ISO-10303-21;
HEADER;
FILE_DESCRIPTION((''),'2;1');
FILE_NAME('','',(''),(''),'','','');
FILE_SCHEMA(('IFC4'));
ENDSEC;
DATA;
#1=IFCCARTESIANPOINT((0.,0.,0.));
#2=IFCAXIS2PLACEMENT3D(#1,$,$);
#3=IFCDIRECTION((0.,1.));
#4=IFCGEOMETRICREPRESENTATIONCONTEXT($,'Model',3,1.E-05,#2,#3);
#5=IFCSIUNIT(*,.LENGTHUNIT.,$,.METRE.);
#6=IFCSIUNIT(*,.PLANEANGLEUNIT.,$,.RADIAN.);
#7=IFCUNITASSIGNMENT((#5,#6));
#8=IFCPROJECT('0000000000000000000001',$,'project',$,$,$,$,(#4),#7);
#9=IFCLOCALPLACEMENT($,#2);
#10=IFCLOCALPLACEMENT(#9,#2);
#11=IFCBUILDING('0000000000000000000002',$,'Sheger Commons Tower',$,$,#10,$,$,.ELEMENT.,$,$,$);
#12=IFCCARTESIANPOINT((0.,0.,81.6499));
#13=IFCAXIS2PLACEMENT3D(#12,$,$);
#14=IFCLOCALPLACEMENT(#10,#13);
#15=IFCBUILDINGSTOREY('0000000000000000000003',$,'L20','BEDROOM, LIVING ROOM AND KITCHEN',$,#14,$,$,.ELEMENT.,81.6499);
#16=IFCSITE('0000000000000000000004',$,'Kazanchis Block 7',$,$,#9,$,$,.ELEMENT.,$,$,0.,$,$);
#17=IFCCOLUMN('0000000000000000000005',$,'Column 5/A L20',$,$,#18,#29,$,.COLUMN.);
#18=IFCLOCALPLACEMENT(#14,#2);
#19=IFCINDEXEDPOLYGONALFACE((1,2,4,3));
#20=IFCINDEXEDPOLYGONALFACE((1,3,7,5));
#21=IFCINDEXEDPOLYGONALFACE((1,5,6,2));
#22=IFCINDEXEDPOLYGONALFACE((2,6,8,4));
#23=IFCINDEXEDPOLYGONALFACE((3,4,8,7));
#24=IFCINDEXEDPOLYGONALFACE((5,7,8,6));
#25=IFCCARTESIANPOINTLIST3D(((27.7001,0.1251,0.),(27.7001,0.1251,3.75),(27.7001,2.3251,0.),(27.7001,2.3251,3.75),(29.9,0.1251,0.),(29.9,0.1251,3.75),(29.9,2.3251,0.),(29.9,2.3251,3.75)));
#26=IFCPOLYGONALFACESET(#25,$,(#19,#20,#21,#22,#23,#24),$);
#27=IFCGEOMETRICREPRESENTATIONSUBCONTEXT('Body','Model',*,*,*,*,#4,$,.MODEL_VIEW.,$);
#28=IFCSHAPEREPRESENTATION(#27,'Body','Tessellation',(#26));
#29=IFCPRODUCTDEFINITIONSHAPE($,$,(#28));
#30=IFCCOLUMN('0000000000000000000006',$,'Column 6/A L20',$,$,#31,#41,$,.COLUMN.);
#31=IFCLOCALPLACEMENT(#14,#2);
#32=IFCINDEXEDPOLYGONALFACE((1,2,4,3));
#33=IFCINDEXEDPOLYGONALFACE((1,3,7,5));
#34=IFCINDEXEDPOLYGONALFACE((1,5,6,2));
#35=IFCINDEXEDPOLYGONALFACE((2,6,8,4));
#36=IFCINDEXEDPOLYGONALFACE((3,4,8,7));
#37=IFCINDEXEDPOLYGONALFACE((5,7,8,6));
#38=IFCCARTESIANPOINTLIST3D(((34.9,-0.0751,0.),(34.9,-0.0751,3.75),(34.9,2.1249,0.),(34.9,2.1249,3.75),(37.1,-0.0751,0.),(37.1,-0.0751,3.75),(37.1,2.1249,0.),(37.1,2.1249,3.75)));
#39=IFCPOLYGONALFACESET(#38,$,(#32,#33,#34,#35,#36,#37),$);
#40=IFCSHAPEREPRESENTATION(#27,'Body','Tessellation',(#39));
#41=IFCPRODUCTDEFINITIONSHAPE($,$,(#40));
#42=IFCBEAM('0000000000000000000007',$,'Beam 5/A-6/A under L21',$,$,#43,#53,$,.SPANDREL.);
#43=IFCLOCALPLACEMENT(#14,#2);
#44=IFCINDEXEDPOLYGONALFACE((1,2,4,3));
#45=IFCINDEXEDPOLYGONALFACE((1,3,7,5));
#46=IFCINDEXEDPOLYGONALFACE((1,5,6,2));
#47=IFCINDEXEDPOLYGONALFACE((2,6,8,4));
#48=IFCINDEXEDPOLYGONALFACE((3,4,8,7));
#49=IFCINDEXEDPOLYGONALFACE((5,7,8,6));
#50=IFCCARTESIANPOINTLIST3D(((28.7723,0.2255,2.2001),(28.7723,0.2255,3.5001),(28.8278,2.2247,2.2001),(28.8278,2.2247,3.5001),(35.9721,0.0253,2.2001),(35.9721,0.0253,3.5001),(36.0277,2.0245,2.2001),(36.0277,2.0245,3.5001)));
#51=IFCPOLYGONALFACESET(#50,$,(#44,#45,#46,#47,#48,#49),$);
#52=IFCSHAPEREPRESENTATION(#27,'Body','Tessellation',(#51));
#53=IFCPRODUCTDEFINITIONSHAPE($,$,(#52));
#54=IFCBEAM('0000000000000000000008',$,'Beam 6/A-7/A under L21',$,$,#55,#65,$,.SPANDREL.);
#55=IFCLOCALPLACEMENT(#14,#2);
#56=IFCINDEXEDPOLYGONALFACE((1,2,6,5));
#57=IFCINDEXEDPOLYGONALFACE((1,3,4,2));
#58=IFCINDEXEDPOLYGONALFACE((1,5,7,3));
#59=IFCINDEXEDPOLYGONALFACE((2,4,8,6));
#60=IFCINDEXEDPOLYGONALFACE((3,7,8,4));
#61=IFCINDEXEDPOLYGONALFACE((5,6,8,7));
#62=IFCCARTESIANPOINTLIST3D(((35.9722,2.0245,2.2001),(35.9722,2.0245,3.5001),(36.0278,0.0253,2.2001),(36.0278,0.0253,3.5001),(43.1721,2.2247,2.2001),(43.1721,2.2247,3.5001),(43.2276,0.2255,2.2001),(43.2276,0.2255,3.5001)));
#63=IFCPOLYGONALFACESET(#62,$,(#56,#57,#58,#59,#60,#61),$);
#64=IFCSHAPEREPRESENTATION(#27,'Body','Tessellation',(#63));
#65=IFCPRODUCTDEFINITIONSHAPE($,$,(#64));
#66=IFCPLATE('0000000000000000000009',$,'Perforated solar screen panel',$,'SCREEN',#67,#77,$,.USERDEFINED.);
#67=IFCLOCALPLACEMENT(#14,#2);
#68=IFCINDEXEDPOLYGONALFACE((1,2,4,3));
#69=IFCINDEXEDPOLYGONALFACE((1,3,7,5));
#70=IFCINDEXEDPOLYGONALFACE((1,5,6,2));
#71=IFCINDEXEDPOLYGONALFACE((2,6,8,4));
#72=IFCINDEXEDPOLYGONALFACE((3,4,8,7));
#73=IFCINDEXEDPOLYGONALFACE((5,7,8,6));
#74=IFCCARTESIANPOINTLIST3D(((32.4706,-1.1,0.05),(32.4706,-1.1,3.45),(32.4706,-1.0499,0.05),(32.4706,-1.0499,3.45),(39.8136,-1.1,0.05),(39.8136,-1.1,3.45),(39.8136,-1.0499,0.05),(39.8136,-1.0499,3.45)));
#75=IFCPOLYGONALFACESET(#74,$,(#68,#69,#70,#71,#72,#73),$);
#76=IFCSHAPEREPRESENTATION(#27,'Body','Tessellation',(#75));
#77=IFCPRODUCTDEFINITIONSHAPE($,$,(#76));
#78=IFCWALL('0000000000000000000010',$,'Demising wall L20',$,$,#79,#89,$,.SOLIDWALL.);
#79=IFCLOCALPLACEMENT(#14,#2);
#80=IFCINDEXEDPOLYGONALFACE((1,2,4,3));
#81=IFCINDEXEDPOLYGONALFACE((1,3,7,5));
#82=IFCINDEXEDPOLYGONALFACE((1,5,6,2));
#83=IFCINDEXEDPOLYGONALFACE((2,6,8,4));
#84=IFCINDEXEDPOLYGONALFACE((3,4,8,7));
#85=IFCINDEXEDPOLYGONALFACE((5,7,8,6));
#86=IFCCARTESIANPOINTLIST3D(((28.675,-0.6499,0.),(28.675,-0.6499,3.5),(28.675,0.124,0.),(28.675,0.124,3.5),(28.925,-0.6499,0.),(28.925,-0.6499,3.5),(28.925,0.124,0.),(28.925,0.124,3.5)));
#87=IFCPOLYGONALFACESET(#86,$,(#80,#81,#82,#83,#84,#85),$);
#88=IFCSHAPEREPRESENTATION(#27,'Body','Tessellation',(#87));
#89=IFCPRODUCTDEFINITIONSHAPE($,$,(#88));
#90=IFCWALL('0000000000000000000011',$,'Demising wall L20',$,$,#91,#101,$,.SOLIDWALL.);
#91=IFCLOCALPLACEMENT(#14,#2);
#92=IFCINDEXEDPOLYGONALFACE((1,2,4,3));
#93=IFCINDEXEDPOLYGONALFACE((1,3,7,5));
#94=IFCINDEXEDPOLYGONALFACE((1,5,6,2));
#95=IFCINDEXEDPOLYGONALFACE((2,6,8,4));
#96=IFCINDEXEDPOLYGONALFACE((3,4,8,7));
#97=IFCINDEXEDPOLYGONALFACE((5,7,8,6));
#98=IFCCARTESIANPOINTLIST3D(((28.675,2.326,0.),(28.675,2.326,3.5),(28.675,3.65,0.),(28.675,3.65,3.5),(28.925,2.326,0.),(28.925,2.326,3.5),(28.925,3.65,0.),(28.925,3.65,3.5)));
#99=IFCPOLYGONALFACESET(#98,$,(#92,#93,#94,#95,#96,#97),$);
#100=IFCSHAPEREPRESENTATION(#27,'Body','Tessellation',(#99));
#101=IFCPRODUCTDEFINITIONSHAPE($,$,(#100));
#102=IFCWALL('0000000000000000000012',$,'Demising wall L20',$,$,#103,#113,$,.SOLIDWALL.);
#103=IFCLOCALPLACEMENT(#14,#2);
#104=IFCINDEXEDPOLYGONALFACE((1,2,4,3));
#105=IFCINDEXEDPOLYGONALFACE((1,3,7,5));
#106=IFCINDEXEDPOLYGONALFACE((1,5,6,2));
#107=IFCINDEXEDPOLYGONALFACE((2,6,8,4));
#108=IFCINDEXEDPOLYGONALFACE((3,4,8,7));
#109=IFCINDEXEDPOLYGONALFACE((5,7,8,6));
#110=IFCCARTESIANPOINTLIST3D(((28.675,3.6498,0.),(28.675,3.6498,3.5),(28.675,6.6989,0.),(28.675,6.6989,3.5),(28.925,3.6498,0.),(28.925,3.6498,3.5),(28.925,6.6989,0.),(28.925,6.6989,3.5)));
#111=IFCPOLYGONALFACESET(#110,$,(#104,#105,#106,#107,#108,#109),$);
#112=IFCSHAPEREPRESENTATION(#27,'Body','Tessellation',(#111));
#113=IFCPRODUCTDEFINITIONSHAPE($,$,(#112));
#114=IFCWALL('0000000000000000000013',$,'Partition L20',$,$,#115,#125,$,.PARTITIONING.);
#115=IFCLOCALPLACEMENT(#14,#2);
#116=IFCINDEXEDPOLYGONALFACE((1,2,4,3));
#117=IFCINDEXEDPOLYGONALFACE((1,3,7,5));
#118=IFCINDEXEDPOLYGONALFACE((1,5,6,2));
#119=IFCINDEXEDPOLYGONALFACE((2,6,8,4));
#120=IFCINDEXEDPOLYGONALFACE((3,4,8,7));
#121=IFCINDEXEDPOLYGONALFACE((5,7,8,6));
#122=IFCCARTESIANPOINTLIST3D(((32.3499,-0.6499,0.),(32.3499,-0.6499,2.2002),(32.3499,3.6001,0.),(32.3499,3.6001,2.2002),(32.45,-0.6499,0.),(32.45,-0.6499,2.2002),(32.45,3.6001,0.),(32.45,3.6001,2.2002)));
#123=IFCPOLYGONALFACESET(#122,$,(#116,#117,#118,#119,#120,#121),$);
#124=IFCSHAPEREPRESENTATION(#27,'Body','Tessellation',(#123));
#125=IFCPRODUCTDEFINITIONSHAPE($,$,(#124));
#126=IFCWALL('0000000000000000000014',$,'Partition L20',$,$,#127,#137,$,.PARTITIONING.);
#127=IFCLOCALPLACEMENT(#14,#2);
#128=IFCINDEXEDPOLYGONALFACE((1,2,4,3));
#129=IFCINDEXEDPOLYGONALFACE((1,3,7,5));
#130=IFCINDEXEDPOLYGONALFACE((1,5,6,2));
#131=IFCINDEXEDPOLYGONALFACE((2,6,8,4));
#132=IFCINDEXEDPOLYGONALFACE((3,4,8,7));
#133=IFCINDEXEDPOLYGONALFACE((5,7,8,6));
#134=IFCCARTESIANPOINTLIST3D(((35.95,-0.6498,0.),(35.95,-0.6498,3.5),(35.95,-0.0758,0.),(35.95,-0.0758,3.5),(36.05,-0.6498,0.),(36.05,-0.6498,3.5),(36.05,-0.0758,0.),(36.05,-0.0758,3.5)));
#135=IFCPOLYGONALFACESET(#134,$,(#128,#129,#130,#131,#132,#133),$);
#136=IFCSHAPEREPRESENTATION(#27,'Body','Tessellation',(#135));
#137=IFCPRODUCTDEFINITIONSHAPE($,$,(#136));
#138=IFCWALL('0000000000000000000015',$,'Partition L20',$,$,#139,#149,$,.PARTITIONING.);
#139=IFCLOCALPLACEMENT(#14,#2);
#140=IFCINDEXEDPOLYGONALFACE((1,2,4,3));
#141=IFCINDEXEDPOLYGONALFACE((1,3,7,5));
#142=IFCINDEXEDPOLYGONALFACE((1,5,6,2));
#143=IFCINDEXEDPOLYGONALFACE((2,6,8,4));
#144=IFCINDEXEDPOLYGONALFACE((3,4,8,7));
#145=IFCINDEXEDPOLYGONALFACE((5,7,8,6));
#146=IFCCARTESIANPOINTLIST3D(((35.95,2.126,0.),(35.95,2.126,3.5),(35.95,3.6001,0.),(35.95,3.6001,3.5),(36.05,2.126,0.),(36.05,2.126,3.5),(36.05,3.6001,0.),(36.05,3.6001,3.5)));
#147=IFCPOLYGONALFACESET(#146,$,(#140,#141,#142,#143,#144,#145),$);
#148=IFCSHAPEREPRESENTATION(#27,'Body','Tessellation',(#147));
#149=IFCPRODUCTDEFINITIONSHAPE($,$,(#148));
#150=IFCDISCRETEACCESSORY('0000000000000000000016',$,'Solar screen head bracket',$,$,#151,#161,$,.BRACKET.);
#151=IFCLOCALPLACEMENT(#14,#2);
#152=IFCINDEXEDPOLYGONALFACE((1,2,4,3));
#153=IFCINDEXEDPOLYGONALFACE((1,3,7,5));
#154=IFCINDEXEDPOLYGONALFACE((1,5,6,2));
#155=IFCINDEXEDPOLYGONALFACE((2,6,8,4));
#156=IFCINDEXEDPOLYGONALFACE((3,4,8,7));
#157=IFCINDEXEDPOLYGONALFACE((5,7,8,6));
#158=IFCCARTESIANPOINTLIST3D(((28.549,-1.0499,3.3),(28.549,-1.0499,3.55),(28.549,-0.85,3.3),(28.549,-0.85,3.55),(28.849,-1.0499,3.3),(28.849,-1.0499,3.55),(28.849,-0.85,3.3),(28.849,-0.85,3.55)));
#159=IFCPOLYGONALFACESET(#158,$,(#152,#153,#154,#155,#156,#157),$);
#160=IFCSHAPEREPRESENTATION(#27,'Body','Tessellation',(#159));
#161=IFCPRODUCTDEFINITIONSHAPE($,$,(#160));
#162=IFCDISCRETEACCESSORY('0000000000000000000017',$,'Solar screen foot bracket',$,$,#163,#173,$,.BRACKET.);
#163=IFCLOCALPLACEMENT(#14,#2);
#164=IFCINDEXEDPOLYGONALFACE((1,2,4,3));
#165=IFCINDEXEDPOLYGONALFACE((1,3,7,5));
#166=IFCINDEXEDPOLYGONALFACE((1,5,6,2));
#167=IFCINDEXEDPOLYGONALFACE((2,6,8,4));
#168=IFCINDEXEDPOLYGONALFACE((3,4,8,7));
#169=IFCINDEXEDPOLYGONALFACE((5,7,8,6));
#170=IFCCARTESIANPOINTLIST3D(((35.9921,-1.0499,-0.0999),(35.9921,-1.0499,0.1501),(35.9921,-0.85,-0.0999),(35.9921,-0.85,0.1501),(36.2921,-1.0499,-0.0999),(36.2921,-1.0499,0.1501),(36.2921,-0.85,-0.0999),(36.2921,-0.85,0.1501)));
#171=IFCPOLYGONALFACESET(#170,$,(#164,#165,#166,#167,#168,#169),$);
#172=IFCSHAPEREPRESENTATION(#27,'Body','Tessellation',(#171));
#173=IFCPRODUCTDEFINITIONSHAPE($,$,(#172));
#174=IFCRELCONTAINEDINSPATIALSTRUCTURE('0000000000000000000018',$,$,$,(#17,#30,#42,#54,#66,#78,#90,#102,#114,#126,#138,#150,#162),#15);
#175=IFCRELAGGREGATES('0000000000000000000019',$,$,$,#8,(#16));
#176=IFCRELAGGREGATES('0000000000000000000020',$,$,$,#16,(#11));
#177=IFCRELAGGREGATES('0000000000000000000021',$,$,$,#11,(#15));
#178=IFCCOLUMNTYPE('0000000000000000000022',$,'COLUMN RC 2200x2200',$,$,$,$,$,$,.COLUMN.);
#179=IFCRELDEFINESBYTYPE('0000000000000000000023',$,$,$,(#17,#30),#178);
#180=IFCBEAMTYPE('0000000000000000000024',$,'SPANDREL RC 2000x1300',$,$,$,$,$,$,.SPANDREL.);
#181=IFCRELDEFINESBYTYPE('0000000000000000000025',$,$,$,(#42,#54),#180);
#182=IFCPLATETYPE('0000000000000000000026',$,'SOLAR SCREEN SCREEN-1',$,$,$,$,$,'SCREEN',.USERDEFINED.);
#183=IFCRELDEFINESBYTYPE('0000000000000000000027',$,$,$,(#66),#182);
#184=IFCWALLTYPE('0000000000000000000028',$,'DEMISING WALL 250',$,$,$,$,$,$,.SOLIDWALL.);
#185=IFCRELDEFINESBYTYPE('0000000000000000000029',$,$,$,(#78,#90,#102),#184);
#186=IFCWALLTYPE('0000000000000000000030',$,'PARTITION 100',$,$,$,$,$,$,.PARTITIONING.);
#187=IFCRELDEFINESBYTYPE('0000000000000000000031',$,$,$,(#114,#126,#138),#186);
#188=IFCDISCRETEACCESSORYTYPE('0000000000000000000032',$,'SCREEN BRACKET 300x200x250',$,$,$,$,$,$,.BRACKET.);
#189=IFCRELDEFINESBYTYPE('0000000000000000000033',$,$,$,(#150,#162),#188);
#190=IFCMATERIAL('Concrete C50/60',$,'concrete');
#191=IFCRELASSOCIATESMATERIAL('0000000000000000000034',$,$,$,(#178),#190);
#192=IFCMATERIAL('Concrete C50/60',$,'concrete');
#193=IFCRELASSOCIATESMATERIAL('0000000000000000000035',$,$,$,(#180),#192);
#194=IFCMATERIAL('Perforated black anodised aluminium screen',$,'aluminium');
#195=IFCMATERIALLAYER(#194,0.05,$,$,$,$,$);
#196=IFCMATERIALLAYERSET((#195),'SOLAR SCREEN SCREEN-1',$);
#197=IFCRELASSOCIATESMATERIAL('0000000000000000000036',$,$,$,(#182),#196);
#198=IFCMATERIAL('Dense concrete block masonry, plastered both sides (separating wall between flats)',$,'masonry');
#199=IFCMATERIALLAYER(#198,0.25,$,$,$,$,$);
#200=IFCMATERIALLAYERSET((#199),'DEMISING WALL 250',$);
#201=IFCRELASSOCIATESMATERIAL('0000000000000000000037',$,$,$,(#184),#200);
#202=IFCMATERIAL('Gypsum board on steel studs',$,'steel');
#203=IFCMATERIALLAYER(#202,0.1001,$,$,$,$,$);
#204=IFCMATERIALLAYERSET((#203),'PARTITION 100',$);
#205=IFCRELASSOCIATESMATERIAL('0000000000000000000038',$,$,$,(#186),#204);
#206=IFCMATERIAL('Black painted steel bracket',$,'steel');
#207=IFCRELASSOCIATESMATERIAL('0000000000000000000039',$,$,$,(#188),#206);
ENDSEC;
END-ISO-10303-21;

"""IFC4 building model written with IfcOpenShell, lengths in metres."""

from ifc_helpers import new_model, si_unit, direction, frame, frame_2d, origin, origin_2d, place, context, subcontext, project, spatial, rectangle, extrude, material, layer, layer_set, material_profile, profile_set, type_object, element, save


model = new_model("IFC4")

# Units and contexts
model_context = context("Model", 3, precision=1e-05, world=origin(), true_north=direction((0.0, 1.0)))
body_context = subcontext(model_context, "Body", "Model", "MODEL_VIEW")
ifc_project = project(units=[si_unit("LENGTHUNIT", "METRE"), si_unit("PLANEANGLEUNIT", "RADIAN")], contexts=[model_context])

# Site, building, storey
site_placement = place(None, origin())
site = spatial("IfcSite", under=ifc_project, at=site_placement, Name="Kazanchis Block 7", CompositionType="ELEMENT", RefElevation=0.0)
building_placement = place(site_placement, origin())
building = spatial("IfcBuilding", under=site, at=building_placement, Name="Sheger Commons Tower", CompositionType="ELEMENT")
storey_placement = place(building_placement, frame((0.0, 0.0, 81.6499)))
storey = spatial("IfcBuildingStorey", under=building, at=storey_placement, Name="L20", Description="BEDROOM, LIVING ROOM AND KITCHEN", CompositionType="ELEMENT", Elevation=81.6499)

# Columns
ifc_material_1 = material(Name="Concrete C50/60", Category="concrete")
ifc_material_profile_1 = material_profile(ifc_material_1, rectangle(XDim=2.2, YDim=2.2, at=origin_2d()), Name="RC 2200x2200")
ifc_profile_set_1 = profile_set([ifc_material_profile_1], Name="Concrete C50/60")
column_type = type_object("IfcColumnType", Name="COLUMN RC 2200x2200", PredefinedType="COLUMN", material=ifc_profile_set_1)
for number, where, z_axis, x_axis, name in (
    (1, (28.8, 1.2251, 0.0), (0.0, 0.0, 1.0), (1.0, 0.0, 0.0), "Column 5/A L20"),
    (2, (36.0, 1.0249, 0.0), (0.0, 0.0, 1.0), (1.0, 0.0, 0.0), "Column 6/A L20"),
):
    element("IfcColumn", number, at=place(storey_placement, frame(where, z_axis=z_axis, x_axis=x_axis)), inside=storey, type_object=column_type, Name=name, PredefinedType="COLUMN", context=body_context, shape_type="SweptSolid", body=[
        extrude(rectangle(XDim=2.2, YDim=2.2, at=origin_2d()), origin(), (0.0, 0.0, 1.0), 3.75),
    ])

# Beams
ifc_material_2 = material(Name="Concrete C50/60", Category="concrete")
ifc_material_profile_2 = material_profile(ifc_material_2, rectangle(XDim=2.0, YDim=1.3, at=origin_2d()), Name="RC 2000x1300")
ifc_profile_set_2 = profile_set([ifc_material_profile_2], Name="Concrete C50/60")
beam_type = type_object("IfcBeamType", Name="SPANDREL RC 2000x1300", PredefinedType="SPANDREL", material=ifc_profile_set_2)
for number, where, z_axis, x_axis, name in (
    (3, (28.8, 1.2251, 2.8501), (0.999614, -0.027794, 0.0), (0.027794, 0.999614, 0.0), "Beam 5/A-6/A under L21"),
    (4, (36.0, 1.0249, 2.8501), (0.999614, 0.027794, 0.0), (-0.027794, 0.999614, 0.0), "Beam 6/A-7/A under L21"),
):
    element("IfcBeam", number, at=place(storey_placement, frame(where, z_axis=z_axis, x_axis=x_axis)), inside=storey, type_object=beam_type, Name=name, PredefinedType="SPANDREL", context=body_context, shape_type="SweptSolid", body=[
        extrude(rectangle(XDim=2.0, YDim=1.3, at=origin_2d()), origin(), (0.0, 0.0, 1.0), 7.2026),
    ])

# Plate
ifc_material_3 = material(Name="Perforated black anodised aluminium screen", Category="aluminium")
ifc_layer_1 = layer(ifc_material_3, 0.05)
ifc_layer_set_1 = layer_set([ifc_layer_1], Name="SOLAR SCREEN SCREEN-1")
plate_type = type_object("IfcPlateType", Name="SOLAR SCREEN SCREEN-1", ElementType="SCREEN", PredefinedType="USERDEFINED", material=ifc_layer_set_1)
plate_placement = place(storey_placement, frame((36.1421, -1.075, 0.05), z_axis=(0.0, 0.0, 1.0), x_axis=(1.0, 0.0, 0.0)))
element("IfcPlate", 5, at=plate_placement, inside=storey, type_object=plate_type, Name="Perforated solar screen panel", ObjectType="SCREEN", PredefinedType="USERDEFINED", context=body_context, shape_type="SweptSolid", body=[
    extrude(rectangle(XDim=7.343, YDim=0.05, at=origin_2d()), origin(), (0.0, 0.0, 1.0), 3.3999),
])

# Walls
ifc_material_4 = material(Name="Dense concrete block masonry, plastered both sides (separating wall between flats)", Category="masonry")
ifc_layer_2 = layer(ifc_material_4, 0.25)
ifc_layer_set_2 = layer_set([ifc_layer_2], Name="DEMISING WALL 250")
wall_type_1 = type_object("IfcWallType", Name="DEMISING WALL 250", PredefinedType="SOLIDWALL", material=ifc_layer_set_2)
wall_1_placement = place(storey_placement, frame((28.8, -0.6499, 0.0), z_axis=(0.0, 0.0, 1.0), x_axis=(0.0, 1.0, 0.0)))
element("IfcWall", 6, at=wall_1_placement, inside=storey, type_object=wall_type_1, Name="Demising wall L20", PredefinedType="SOLIDWALL", context=body_context, shape_type="SweptSolid", body=[
    extrude(rectangle(XDim=0.7739, YDim=0.25, at=frame_2d((0.387, 0.0))), origin(), (0.0, 0.0, 1.0), 3.5),
])
wall_2_placement = place(storey_placement, frame((28.8, 2.3259, 0.0), z_axis=(0.0, 0.0, 1.0), x_axis=(0.0, 1.0, 0.0)))
element("IfcWall", 7, at=wall_2_placement, inside=storey, type_object=wall_type_1, Name="Demising wall L20", PredefinedType="SOLIDWALL", context=body_context, shape_type="SweptSolid", body=[
    extrude(rectangle(XDim=1.324, YDim=0.25, at=frame_2d((0.6621, 0.0))), origin(), (0.0, 0.0, 1.0), 3.5),
])
wall_3_placement = place(storey_placement, frame((28.8, 3.6499, 0.0), z_axis=(0.0, 0.0, 1.0), x_axis=(0.0, 1.0, 0.0)))
element("IfcWall", 8, at=wall_3_placement, inside=storey, type_object=wall_type_1, Name="Demising wall L20", PredefinedType="SOLIDWALL", context=body_context, shape_type="SweptSolid", body=[
    extrude(rectangle(XDim=3.0491, YDim=0.25, at=frame_2d((1.5244, 0.0))), origin(), (0.0, 0.0, 1.0), 3.5),
])
ifc_material_5 = material(Name="Gypsum board on steel studs", Category="steel")
ifc_layer_3 = layer(ifc_material_5, 0.1001)
ifc_layer_set_3 = layer_set([ifc_layer_3], Name="PARTITION 100")
wall_type_2 = type_object("IfcWallType", Name="PARTITION 100", PredefinedType="PARTITIONING", material=ifc_layer_set_3)
wall_4_placement = place(storey_placement, frame((32.3999, -0.6499, 0.0), z_axis=(0.0, 0.0, 1.0), x_axis=(0.0, 1.0, 0.0)))
element("IfcWall", 9, at=wall_4_placement, inside=storey, type_object=wall_type_2, Name="Partition L20", PredefinedType="PARTITIONING", context=body_context, shape_type="SweptSolid", body=[
    extrude(rectangle(XDim=4.25, YDim=0.1001, at=frame_2d((2.125, 0.0))), origin(), (0.0, 0.0, 1.0), 2.2002),
])
wall_5_placement = place(storey_placement, frame((36.0, -0.6499, 0.0), z_axis=(0.0, 0.0, 1.0), x_axis=(0.0, 1.0, 0.0)))
element("IfcWall", 10, at=wall_5_placement, inside=storey, type_object=wall_type_2, Name="Partition L20", PredefinedType="PARTITIONING", context=body_context, shape_type="SweptSolid", body=[
    extrude(rectangle(XDim=0.574, YDim=0.1001, at=frame_2d((0.2871, 0.0))), origin(), (0.0, 0.0, 1.0), 3.5),
])
wall_6_placement = place(storey_placement, frame((36.0, 2.126, 0.0), z_axis=(0.0, 0.0, 1.0), x_axis=(0.0, 1.0, 0.0)))
element("IfcWall", 11, at=wall_6_placement, inside=storey, type_object=wall_type_2, Name="Partition L20", PredefinedType="PARTITIONING", context=body_context, shape_type="SweptSolid", body=[
    extrude(rectangle(XDim=1.4741, YDim=0.1001, at=frame_2d((0.7371, 0.0))), origin(), (0.0, 0.0, 1.0), 3.5),
])

# Discrete accessories
ifc_material_6 = material(Name="Black painted steel bracket", Category="steel")
discrete_accessory_type = type_object("IfcDiscreteAccessoryType", Name="SCREEN BRACKET 300x200x250", PredefinedType="BRACKET", material=ifc_material_6)
for number, where, z_axis, x_axis, name in (
    (12, (28.699, -0.95, 3.3), (0.0, 0.0, 1.0), (1.0, 0.0, 0.0), "Solar screen head bracket"),
    (13, (36.1421, -0.95, -0.0999), (0.0, 0.0, 1.0), (1.0, 0.0, 0.0), "Solar screen foot bracket"),
):
    element("IfcDiscreteAccessory", number, at=place(storey_placement, frame(where, z_axis=z_axis, x_axis=x_axis)), inside=storey, type_object=discrete_accessory_type, Name=name, PredefinedType="BRACKET", context=body_context, shape_type="SweptSolid", body=[
        extrude(rectangle(XDim=0.3, YDim=0.2, at=origin_2d()), origin(), (0.0, 0.0, 1.0), 0.25),
    ])

save(model, "model.ifc")
